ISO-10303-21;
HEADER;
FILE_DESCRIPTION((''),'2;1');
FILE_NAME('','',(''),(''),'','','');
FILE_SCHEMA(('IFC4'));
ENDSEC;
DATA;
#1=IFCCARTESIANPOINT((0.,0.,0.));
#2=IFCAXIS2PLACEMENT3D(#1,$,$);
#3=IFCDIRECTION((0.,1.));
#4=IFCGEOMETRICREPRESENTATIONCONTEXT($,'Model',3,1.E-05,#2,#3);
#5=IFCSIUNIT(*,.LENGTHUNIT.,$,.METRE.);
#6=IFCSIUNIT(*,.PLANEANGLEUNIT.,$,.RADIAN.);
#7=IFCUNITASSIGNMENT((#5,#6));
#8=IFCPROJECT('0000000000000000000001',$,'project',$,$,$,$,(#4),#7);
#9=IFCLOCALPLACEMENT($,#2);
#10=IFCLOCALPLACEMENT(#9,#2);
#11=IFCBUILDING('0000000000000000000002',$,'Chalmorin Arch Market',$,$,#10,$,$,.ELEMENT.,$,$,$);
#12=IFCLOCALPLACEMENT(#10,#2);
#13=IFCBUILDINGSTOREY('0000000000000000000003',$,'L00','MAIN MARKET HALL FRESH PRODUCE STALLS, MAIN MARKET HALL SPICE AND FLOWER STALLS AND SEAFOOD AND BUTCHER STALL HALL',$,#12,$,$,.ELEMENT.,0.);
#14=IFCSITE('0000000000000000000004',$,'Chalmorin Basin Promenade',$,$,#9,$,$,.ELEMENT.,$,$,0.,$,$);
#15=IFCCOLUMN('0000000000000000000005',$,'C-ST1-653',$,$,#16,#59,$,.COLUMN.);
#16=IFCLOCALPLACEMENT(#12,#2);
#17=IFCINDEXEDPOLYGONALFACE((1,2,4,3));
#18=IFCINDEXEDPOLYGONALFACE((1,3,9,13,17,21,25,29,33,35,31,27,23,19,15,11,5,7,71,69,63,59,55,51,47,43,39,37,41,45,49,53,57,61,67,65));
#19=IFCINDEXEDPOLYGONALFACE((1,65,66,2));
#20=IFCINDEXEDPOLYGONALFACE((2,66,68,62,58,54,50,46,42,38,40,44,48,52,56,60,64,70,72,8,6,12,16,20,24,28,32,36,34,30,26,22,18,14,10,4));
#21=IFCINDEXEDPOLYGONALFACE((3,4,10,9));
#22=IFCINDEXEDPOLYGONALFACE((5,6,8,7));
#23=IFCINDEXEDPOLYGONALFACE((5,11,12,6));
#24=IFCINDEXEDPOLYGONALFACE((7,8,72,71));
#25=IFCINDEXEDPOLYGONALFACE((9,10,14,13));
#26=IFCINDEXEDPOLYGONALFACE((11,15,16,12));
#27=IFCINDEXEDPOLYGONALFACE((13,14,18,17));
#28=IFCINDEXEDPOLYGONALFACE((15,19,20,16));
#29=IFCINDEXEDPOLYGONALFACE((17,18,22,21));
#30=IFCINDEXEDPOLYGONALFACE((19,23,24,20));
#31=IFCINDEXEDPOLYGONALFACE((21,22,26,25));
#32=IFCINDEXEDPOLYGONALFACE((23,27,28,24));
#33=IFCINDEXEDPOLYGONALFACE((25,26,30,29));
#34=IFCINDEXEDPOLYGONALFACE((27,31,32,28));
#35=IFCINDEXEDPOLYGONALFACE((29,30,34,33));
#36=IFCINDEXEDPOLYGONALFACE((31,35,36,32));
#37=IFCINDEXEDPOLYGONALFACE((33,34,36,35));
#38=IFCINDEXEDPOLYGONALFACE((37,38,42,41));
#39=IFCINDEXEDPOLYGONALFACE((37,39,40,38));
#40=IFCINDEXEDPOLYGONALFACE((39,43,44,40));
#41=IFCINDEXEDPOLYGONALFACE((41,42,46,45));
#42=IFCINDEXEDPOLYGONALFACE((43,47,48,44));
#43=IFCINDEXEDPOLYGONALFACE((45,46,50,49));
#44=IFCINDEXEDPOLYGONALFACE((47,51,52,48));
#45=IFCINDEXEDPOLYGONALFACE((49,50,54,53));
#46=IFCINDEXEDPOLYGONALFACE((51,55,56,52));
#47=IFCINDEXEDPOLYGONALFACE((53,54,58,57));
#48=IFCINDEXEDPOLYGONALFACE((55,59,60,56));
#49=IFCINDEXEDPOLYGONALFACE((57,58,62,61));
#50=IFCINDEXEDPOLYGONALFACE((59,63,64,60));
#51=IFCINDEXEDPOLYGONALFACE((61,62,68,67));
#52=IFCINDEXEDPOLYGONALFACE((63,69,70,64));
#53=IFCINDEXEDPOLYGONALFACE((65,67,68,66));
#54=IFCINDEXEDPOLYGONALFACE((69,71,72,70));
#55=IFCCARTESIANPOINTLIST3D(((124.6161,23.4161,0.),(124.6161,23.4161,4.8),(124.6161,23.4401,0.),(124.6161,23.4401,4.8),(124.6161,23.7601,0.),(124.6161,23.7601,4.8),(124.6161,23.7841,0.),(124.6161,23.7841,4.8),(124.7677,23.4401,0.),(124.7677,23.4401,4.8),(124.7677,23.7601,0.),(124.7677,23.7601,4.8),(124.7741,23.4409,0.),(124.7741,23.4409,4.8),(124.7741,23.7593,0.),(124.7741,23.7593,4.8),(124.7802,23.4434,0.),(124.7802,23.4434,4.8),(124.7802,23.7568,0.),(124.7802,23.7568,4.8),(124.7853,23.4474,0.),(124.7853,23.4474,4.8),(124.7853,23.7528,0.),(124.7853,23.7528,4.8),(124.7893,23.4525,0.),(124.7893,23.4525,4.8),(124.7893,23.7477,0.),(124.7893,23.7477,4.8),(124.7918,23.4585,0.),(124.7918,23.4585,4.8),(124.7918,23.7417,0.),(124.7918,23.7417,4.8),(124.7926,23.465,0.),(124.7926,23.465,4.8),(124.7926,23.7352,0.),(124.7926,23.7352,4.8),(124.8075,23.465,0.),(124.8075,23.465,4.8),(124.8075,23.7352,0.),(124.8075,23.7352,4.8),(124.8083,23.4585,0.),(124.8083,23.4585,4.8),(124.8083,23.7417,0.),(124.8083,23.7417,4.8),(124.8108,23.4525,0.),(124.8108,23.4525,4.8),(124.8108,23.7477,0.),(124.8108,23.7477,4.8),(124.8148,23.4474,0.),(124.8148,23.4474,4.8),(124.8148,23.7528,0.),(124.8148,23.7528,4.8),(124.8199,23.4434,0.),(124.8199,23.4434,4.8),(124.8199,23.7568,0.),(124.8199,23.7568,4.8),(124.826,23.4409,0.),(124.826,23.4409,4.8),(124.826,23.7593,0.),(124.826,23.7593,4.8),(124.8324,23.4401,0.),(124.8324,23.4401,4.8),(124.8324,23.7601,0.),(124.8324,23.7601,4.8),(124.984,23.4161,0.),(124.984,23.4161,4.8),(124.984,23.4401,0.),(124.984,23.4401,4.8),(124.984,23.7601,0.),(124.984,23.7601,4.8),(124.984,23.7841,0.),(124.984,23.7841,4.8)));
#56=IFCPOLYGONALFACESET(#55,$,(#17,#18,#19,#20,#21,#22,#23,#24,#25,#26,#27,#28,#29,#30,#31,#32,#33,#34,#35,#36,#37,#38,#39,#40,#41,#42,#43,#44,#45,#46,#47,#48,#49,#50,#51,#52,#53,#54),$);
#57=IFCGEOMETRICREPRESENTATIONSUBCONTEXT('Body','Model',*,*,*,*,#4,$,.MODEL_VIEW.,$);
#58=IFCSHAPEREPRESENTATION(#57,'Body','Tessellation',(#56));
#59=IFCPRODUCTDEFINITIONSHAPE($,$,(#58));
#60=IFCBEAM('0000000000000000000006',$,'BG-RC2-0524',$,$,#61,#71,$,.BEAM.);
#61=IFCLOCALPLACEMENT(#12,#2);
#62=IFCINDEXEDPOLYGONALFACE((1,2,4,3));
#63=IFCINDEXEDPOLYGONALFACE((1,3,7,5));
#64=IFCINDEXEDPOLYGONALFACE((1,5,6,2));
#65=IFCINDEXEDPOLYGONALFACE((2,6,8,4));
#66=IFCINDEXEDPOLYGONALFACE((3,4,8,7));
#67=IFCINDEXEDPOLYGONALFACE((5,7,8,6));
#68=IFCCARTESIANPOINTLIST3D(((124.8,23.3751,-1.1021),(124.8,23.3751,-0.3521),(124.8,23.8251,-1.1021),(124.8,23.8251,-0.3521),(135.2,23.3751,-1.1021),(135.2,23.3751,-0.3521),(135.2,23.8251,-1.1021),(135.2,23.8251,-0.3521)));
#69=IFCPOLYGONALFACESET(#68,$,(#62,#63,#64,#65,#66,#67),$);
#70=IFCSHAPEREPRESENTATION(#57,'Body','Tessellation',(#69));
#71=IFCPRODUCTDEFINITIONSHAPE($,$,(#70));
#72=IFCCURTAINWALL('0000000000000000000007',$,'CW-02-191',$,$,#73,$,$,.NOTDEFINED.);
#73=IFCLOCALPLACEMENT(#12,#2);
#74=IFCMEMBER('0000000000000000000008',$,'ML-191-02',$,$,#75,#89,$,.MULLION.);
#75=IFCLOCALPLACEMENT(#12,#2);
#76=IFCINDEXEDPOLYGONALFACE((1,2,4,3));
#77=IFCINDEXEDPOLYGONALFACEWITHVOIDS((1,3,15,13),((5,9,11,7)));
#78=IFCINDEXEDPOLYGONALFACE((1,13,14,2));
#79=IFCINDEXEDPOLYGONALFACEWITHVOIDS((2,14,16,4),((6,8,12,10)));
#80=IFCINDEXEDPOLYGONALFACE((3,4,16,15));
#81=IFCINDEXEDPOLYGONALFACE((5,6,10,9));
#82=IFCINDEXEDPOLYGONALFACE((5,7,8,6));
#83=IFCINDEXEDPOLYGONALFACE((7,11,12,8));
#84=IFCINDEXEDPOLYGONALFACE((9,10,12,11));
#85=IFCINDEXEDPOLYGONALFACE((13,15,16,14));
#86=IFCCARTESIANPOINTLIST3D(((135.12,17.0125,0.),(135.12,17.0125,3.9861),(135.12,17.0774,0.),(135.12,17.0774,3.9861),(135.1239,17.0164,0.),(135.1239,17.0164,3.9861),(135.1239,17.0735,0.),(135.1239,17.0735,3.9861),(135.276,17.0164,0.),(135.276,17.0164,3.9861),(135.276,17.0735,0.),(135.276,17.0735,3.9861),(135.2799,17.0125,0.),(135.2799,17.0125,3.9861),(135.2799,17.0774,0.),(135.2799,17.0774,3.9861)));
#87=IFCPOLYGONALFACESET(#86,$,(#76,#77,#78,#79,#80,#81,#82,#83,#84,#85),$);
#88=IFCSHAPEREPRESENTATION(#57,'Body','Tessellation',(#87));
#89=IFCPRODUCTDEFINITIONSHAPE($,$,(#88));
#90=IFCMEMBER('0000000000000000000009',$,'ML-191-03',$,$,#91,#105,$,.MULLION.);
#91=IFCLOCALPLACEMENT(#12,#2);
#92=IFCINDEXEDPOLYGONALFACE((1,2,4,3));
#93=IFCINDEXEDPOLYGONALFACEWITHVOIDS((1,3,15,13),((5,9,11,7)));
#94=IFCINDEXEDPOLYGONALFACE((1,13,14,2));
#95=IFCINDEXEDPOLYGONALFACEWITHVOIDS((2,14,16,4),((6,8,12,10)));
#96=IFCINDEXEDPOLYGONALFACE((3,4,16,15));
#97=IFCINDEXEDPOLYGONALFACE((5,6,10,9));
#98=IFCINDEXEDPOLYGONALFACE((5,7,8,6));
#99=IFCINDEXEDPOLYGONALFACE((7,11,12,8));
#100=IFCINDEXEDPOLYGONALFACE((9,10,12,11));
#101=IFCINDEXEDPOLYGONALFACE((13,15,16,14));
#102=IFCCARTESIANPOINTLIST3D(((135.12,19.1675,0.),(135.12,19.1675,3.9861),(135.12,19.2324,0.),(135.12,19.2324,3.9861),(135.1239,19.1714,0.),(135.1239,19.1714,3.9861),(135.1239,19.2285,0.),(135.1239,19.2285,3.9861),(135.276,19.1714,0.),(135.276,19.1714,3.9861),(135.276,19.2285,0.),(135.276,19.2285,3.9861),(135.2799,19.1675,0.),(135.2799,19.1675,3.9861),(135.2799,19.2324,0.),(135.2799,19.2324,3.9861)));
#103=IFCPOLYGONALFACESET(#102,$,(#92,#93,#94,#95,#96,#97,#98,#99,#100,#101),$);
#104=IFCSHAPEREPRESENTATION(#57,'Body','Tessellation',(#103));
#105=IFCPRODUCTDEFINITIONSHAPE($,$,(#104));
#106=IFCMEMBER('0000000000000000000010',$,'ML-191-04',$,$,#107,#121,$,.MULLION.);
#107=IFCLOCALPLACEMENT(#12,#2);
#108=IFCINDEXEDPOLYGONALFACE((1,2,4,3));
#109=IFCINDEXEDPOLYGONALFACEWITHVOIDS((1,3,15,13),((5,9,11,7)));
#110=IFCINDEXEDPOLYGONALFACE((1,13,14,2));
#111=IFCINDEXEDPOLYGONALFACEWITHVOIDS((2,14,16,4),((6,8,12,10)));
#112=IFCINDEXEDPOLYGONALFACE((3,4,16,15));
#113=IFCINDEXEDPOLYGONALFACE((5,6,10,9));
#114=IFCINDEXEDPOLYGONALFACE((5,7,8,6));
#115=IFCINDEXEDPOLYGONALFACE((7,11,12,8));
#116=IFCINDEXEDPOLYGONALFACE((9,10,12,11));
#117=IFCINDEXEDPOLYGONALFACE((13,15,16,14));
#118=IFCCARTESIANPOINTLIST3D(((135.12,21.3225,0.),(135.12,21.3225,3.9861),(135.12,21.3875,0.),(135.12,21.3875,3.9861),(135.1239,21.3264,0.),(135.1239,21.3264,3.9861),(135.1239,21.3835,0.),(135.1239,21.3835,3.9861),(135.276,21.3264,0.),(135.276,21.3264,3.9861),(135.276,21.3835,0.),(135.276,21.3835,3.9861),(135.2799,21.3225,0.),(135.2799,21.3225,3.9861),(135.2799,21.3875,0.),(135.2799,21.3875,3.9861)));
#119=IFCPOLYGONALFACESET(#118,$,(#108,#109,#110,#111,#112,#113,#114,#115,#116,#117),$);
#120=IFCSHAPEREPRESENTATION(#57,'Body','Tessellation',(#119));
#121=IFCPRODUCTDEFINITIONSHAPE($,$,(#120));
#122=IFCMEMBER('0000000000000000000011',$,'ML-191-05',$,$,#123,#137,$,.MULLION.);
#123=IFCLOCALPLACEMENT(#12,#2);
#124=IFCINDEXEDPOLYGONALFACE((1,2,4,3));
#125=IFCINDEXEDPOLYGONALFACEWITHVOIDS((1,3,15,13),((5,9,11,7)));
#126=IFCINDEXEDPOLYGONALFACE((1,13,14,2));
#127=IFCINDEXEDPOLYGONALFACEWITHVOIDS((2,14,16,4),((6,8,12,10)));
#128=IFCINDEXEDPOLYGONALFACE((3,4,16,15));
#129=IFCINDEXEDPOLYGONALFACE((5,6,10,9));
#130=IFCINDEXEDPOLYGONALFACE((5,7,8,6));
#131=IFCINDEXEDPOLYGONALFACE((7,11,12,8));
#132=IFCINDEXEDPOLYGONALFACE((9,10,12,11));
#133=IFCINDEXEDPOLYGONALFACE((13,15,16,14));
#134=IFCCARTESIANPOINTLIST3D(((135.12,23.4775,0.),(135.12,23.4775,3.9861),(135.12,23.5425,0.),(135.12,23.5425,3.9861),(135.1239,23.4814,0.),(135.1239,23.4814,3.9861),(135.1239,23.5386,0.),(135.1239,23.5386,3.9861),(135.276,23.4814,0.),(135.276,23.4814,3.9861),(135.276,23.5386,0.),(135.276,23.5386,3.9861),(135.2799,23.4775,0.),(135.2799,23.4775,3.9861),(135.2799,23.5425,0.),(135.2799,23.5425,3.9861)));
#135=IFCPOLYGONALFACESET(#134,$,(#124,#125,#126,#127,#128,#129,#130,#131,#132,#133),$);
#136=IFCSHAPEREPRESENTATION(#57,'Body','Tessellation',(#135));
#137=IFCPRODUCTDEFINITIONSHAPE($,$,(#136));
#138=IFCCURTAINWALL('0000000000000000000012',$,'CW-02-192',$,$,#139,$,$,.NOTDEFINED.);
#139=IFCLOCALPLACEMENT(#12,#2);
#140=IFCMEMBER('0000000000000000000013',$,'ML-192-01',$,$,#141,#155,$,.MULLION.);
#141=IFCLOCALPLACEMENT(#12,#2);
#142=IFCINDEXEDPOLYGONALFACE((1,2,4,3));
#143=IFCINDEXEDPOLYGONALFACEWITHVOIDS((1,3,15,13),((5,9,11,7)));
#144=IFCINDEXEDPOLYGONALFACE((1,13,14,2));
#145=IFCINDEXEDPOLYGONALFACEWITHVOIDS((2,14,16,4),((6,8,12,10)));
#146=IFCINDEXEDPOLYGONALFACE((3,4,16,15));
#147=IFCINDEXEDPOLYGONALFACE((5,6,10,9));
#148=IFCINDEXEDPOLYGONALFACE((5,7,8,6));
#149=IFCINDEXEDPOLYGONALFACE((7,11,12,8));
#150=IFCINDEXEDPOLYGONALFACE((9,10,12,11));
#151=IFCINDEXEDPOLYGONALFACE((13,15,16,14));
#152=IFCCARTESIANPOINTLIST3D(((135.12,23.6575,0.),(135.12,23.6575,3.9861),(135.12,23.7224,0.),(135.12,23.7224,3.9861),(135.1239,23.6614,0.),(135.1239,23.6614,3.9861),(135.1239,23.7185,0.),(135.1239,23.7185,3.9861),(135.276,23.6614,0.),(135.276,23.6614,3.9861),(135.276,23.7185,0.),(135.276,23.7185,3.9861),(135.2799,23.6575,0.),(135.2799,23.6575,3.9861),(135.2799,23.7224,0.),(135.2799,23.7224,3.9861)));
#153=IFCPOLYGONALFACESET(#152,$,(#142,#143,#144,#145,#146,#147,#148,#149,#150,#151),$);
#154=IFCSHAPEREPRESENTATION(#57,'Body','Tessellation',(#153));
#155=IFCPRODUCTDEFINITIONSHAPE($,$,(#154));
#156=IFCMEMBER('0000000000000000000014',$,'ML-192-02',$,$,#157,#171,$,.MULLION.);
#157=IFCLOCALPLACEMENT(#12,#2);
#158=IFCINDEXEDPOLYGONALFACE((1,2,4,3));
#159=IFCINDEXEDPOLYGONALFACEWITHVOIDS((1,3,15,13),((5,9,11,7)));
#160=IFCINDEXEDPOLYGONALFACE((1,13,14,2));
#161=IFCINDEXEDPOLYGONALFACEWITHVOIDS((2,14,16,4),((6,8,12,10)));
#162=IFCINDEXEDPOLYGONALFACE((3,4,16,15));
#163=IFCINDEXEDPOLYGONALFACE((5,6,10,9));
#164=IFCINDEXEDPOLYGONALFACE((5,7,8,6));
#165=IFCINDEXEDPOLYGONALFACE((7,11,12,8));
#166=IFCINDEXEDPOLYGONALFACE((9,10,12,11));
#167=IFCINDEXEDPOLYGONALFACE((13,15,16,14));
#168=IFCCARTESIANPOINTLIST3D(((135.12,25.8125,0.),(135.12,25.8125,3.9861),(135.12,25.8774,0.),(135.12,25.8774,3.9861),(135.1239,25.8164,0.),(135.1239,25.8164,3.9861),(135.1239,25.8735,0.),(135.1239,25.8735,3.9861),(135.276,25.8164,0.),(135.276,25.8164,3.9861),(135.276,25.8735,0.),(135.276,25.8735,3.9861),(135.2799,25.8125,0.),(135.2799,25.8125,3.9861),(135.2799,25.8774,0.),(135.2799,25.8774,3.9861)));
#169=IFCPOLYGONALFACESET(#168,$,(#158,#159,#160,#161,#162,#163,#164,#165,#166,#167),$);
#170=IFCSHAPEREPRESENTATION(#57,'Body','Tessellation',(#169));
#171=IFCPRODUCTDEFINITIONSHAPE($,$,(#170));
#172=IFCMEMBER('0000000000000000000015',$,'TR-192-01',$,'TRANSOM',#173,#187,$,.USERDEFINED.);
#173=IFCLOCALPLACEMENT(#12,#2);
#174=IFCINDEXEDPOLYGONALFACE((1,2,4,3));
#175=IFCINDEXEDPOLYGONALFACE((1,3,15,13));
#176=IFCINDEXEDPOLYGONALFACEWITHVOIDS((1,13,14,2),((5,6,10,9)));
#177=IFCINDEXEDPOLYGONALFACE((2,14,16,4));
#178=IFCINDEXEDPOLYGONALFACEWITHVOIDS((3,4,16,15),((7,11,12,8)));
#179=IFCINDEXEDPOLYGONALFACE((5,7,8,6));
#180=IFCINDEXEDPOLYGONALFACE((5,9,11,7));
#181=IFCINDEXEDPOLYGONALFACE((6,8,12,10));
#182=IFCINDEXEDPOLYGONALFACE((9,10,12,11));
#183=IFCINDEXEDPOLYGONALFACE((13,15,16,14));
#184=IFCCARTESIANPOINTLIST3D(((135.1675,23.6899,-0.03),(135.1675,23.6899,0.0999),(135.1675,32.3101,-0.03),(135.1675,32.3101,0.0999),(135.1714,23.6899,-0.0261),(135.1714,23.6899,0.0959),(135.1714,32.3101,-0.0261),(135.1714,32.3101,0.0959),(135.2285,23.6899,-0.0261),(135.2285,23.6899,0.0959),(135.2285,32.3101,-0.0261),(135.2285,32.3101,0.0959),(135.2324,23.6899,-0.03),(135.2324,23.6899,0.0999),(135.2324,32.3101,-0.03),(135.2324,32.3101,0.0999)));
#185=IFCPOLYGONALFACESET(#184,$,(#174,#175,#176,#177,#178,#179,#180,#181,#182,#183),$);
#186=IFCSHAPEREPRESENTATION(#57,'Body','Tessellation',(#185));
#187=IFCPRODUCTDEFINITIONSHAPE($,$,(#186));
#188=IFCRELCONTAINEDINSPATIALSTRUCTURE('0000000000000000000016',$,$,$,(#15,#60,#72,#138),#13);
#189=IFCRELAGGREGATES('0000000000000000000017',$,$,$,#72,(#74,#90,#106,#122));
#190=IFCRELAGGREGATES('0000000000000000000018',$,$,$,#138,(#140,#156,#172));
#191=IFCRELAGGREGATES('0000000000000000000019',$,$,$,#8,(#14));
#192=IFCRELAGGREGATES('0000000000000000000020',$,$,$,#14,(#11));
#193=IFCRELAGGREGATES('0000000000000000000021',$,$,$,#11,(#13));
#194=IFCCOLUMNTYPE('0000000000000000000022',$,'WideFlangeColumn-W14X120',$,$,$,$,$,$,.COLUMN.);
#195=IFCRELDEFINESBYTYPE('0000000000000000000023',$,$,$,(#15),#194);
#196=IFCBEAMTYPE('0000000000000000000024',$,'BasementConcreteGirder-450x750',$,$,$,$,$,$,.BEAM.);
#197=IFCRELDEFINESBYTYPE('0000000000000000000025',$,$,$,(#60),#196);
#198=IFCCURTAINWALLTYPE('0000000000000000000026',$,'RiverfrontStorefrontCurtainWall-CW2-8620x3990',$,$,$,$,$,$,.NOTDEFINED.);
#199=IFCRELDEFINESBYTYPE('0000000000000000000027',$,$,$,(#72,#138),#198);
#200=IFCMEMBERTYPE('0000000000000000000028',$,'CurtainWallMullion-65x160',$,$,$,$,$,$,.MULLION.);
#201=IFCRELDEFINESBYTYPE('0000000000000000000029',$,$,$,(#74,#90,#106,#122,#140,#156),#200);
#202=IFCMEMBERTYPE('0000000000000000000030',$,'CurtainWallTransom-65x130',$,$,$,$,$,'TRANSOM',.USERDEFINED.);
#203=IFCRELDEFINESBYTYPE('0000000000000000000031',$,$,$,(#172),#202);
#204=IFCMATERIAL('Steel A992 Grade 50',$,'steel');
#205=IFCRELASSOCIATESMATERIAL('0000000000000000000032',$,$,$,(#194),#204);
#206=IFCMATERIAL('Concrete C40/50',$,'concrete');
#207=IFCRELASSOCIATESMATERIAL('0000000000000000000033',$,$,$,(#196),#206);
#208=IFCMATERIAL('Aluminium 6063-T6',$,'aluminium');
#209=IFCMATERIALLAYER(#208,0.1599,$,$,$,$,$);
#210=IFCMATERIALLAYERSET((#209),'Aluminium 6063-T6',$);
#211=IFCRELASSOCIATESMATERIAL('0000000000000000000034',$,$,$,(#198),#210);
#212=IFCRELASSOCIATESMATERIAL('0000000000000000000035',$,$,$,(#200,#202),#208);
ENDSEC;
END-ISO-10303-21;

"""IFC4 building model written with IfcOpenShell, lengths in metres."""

from ifc_helpers import new_model, si_unit, direction, frame, origin, origin_2d, place, context, subcontext, project, spatial, rectangle, hollow_rectangle, i_section, extrude, material, layer, layer_set, material_profile, profile_set, type_object, element, aggregate, save


model = new_model("IFC4")

# Units and contexts
model_context = context("Model", 3, precision=1e-05, world=origin(), true_north=direction((0.0, 1.0)))
body_context = subcontext(model_context, "Body", "Model", "MODEL_VIEW")
ifc_project = project(units=[si_unit("LENGTHUNIT", "METRE"), si_unit("PLANEANGLEUNIT", "RADIAN")], contexts=[model_context])

# Site, building, storey
site_placement = place(None, origin())
site = spatial("IfcSite", under=ifc_project, at=site_placement, Name="Chalmorin Basin Promenade", CompositionType="ELEMENT", RefElevation=0.0)
building_placement = place(site_placement, origin())
building = spatial("IfcBuilding", under=site, at=building_placement, Name="Chalmorin Arch Market", CompositionType="ELEMENT")
storey_placement = place(building_placement, origin())
storey = spatial("IfcBuildingStorey", under=building, at=storey_placement, Name="L00", Description="MAIN MARKET HALL FRESH PRODUCE STALLS, MAIN MARKET HALL SPICE AND FLOWER STALLS AND SEAFOOD AND BUTCHER STALL HALL", CompositionType="ELEMENT", Elevation=0.0)

# Column
ifc_material_1 = material(Name="Steel A992 Grade 50", Category="steel")
ifc_material_profile_1 = material_profile(ifc_material_1, i_section(OverallWidth=0.3679, OverallDepth=0.3679, WebThickness=0.0149, FlangeThickness=0.0239, FilletRadius=0.0249, at=origin_2d()), Name="W14X120")
ifc_profile_set_1 = profile_set([ifc_material_profile_1], Name="Steel A992 Grade 50")
column_type = type_object("IfcColumnType", Name="WideFlangeColumn-W14X120", PredefinedType="COLUMN", material=ifc_profile_set_1)
column_placement = place(storey_placement, frame((124.8, 23.6001, 0.0), z_axis=(0.0, 0.0, 1.0), x_axis=(1.0, 0.0, 0.0)))
element("IfcColumn", 1, at=column_placement, inside=storey, type_object=column_type, Name="C-ST1-653", PredefinedType="COLUMN", context=body_context, shape_type="SweptSolid", body=[
    extrude(i_section(OverallWidth=0.3679, OverallDepth=0.3679, WebThickness=0.0149, FlangeThickness=0.0239, FilletRadius=0.0249, at=origin_2d()), origin(), (0.0, 0.0, 1.0), 4.8),
])

# Beam
ifc_material_2 = material(Name="Concrete C40/50", Category="concrete")
ifc_material_profile_2 = material_profile(ifc_material_2, rectangle(XDim=0.45, YDim=0.75, at=origin_2d()), Name="RC450X750")
ifc_profile_set_2 = profile_set([ifc_material_profile_2], Name="Concrete C40/50")
beam_type_1 = type_object("IfcBeamType", Name="BasementConcreteGirder-450x750", PredefinedType="BEAM", material=ifc_profile_set_2)
beam_1_placement = place(storey_placement, frame((124.8, 23.6001, -0.7271), z_axis=(1.0, 0.0, 0.0), x_axis=(0.0, 1.0, 0.0)))
element("IfcBeam", 2, at=beam_1_placement, inside=storey, type_object=beam_type_1, Name="BG-RC2-0524", PredefinedType="BEAM", context=body_context, shape_type="SweptSolid", body=[
    extrude(rectangle(XDim=0.45, YDim=0.75, at=origin_2d()), origin(), (0.0, 0.0, 1.0), 10.3999),
])

# Curtain walls, members
ifc_material_3 = material(Name="Aluminium 6063-T6", Category="aluminium")
ifc_layer_1 = layer(ifc_material_3, 0.1599)
ifc_layer_set_1 = layer_set([ifc_layer_1], Name="Aluminium 6063-T6")
curtain_wall_type = type_object("IfcCurtainWallType", Name="RiverfrontStorefrontCurtainWall-CW2-8620x3990", PredefinedType="NOTDEFINED", material=ifc_layer_set_1)
curtain_wall_1_placement = place(storey_placement, origin())
curtain_wall_1 = element("IfcCurtainWall", 3, at=curtain_wall_1_placement, inside=storey, type_object=curtain_wall_type, Name="CW-02-191", PredefinedType="NOTDEFINED")
ifc_material_profile_3 = material_profile(ifc_material_3, hollow_rectangle(XDim=0.0649, YDim=0.1599, WallThickness=0.0039, at=origin_2d()), Name="ALU65X160X4")
ifc_profile_set_3 = profile_set([ifc_material_profile_3], Name="Aluminium 6063-T6")
member_type_1 = type_object("IfcMemberType", Name="CurtainWallMullion-65x160", PredefinedType="MULLION", material=ifc_profile_set_3)
member_1_placement = place(storey_placement, frame((135.2, 17.0449, 0.0), z_axis=(0.0, 0.0, 1.0), x_axis=(0.0, 1.0, 0.0)))
member_1 = element("IfcMember", 4, at=member_1_placement, type_object=member_type_1, Name="ML-191-02", PredefinedType="MULLION", context=body_context, shape_type="SweptSolid", body=[
    extrude(hollow_rectangle(XDim=0.0649, YDim=0.1599, WallThickness=0.0039, at=origin_2d()), origin(), (0.0, 0.0, 1.0), 3.9861),
])
member_2_placement = place(storey_placement, frame((135.2, 19.2, 0.0), z_axis=(0.0, 0.0, 1.0), x_axis=(0.0, 1.0, 0.0)))
member_2 = element("IfcMember", 5, at=member_2_placement, type_object=member_type_1, Name="ML-191-03", PredefinedType="MULLION", context=body_context, shape_type="SweptSolid", body=[
    extrude(hollow_rectangle(XDim=0.0649, YDim=0.1599, WallThickness=0.0039, at=origin_2d()), origin(), (0.0, 0.0, 1.0), 3.9861),
])
member_3_placement = place(storey_placement, frame((135.2, 21.355, 0.0), z_axis=(0.0, 0.0, 1.0), x_axis=(0.0, 1.0, 0.0)))
member_3 = element("IfcMember", 6, at=member_3_placement, type_object=member_type_1, Name="ML-191-04", PredefinedType="MULLION", context=body_context, shape_type="SweptSolid", body=[
    extrude(hollow_rectangle(XDim=0.0649, YDim=0.1599, WallThickness=0.0039, at=origin_2d()), origin(), (0.0, 0.0, 1.0), 3.9861),
])
member_4_placement = place(storey_placement, frame((135.2, 23.51, 0.0), z_axis=(0.0, 0.0, 1.0), x_axis=(0.0, 1.0, 0.0)))
member_4 = element("IfcMember", 7, at=member_4_placement, type_object=member_type_1, Name="ML-191-05", PredefinedType="MULLION", context=body_context, shape_type="SweptSolid", body=[
    extrude(hollow_rectangle(XDim=0.0649, YDim=0.1599, WallThickness=0.0039, at=origin_2d()), origin(), (0.0, 0.0, 1.0), 3.9861),
])
curtain_wall_2_placement = place(storey_placement, origin())
curtain_wall_2 = element("IfcCurtainWall", 8, at=curtain_wall_2_placement, inside=storey, type_object=curtain_wall_type, Name="CW-02-192", PredefinedType="NOTDEFINED")
member_5_placement = place(storey_placement, frame((135.2, 23.6899, 0.0), z_axis=(0.0, 0.0, 1.0), x_axis=(0.0, 1.0, 0.0)))
member_5 = element("IfcMember", 9, at=member_5_placement, type_object=member_type_1, Name="ML-192-01", PredefinedType="MULLION", context=body_context, shape_type="SweptSolid", body=[
    extrude(hollow_rectangle(XDim=0.0649, YDim=0.1599, WallThickness=0.0039, at=origin_2d()), origin(), (0.0, 0.0, 1.0), 3.9861),
])
member_6_placement = place(storey_placement, frame((135.2, 25.845, 0.0), z_axis=(0.0, 0.0, 1.0), x_axis=(0.0, 1.0, 0.0)))
member_6 = element("IfcMember", 10, at=member_6_placement, type_object=member_type_1, Name="ML-192-02", PredefinedType="MULLION", context=body_context, shape_type="SweptSolid", body=[
    extrude(hollow_rectangle(XDim=0.0649, YDim=0.1599, WallThickness=0.0039, at=origin_2d()), origin(), (0.0, 0.0, 1.0), 3.9861),
])
ifc_material_profile_4 = material_profile(ifc_material_3, hollow_rectangle(XDim=0.0649, YDim=0.1299, WallThickness=0.0039, at=origin_2d()), Name="ALU65X130X4")
ifc_profile_set_4 = profile_set([ifc_material_profile_4], Name="Aluminium 6063-T6")
member_type_2 = type_object("IfcMemberType", Name="CurtainWallTransom-65x130", ElementType="TRANSOM", PredefinedType="USERDEFINED", material=ifc_profile_set_4)
member_7_placement = place(storey_placement, frame((135.2, 23.6899, 0.0349), z_axis=(0.0, 1.0, 0.0), x_axis=(-1.0, 0.0, 0.0)))
member_7 = element("IfcMember", 11, at=member_7_placement, type_object=member_type_2, Name="TR-192-01", ObjectType="TRANSOM", PredefinedType="USERDEFINED", context=body_context, shape_type="SweptSolid", body=[
    extrude(hollow_rectangle(XDim=0.0649, YDim=0.1299, WallThickness=0.0039, at=origin_2d()), origin(), (0.0, 0.0, 1.0), 8.6201),
])

aggregate(curtain_wall_1, [member_1, member_2, member_3, member_4])
aggregate(curtain_wall_2, [member_5, member_6, member_7])

save(model, "model.ifc")
